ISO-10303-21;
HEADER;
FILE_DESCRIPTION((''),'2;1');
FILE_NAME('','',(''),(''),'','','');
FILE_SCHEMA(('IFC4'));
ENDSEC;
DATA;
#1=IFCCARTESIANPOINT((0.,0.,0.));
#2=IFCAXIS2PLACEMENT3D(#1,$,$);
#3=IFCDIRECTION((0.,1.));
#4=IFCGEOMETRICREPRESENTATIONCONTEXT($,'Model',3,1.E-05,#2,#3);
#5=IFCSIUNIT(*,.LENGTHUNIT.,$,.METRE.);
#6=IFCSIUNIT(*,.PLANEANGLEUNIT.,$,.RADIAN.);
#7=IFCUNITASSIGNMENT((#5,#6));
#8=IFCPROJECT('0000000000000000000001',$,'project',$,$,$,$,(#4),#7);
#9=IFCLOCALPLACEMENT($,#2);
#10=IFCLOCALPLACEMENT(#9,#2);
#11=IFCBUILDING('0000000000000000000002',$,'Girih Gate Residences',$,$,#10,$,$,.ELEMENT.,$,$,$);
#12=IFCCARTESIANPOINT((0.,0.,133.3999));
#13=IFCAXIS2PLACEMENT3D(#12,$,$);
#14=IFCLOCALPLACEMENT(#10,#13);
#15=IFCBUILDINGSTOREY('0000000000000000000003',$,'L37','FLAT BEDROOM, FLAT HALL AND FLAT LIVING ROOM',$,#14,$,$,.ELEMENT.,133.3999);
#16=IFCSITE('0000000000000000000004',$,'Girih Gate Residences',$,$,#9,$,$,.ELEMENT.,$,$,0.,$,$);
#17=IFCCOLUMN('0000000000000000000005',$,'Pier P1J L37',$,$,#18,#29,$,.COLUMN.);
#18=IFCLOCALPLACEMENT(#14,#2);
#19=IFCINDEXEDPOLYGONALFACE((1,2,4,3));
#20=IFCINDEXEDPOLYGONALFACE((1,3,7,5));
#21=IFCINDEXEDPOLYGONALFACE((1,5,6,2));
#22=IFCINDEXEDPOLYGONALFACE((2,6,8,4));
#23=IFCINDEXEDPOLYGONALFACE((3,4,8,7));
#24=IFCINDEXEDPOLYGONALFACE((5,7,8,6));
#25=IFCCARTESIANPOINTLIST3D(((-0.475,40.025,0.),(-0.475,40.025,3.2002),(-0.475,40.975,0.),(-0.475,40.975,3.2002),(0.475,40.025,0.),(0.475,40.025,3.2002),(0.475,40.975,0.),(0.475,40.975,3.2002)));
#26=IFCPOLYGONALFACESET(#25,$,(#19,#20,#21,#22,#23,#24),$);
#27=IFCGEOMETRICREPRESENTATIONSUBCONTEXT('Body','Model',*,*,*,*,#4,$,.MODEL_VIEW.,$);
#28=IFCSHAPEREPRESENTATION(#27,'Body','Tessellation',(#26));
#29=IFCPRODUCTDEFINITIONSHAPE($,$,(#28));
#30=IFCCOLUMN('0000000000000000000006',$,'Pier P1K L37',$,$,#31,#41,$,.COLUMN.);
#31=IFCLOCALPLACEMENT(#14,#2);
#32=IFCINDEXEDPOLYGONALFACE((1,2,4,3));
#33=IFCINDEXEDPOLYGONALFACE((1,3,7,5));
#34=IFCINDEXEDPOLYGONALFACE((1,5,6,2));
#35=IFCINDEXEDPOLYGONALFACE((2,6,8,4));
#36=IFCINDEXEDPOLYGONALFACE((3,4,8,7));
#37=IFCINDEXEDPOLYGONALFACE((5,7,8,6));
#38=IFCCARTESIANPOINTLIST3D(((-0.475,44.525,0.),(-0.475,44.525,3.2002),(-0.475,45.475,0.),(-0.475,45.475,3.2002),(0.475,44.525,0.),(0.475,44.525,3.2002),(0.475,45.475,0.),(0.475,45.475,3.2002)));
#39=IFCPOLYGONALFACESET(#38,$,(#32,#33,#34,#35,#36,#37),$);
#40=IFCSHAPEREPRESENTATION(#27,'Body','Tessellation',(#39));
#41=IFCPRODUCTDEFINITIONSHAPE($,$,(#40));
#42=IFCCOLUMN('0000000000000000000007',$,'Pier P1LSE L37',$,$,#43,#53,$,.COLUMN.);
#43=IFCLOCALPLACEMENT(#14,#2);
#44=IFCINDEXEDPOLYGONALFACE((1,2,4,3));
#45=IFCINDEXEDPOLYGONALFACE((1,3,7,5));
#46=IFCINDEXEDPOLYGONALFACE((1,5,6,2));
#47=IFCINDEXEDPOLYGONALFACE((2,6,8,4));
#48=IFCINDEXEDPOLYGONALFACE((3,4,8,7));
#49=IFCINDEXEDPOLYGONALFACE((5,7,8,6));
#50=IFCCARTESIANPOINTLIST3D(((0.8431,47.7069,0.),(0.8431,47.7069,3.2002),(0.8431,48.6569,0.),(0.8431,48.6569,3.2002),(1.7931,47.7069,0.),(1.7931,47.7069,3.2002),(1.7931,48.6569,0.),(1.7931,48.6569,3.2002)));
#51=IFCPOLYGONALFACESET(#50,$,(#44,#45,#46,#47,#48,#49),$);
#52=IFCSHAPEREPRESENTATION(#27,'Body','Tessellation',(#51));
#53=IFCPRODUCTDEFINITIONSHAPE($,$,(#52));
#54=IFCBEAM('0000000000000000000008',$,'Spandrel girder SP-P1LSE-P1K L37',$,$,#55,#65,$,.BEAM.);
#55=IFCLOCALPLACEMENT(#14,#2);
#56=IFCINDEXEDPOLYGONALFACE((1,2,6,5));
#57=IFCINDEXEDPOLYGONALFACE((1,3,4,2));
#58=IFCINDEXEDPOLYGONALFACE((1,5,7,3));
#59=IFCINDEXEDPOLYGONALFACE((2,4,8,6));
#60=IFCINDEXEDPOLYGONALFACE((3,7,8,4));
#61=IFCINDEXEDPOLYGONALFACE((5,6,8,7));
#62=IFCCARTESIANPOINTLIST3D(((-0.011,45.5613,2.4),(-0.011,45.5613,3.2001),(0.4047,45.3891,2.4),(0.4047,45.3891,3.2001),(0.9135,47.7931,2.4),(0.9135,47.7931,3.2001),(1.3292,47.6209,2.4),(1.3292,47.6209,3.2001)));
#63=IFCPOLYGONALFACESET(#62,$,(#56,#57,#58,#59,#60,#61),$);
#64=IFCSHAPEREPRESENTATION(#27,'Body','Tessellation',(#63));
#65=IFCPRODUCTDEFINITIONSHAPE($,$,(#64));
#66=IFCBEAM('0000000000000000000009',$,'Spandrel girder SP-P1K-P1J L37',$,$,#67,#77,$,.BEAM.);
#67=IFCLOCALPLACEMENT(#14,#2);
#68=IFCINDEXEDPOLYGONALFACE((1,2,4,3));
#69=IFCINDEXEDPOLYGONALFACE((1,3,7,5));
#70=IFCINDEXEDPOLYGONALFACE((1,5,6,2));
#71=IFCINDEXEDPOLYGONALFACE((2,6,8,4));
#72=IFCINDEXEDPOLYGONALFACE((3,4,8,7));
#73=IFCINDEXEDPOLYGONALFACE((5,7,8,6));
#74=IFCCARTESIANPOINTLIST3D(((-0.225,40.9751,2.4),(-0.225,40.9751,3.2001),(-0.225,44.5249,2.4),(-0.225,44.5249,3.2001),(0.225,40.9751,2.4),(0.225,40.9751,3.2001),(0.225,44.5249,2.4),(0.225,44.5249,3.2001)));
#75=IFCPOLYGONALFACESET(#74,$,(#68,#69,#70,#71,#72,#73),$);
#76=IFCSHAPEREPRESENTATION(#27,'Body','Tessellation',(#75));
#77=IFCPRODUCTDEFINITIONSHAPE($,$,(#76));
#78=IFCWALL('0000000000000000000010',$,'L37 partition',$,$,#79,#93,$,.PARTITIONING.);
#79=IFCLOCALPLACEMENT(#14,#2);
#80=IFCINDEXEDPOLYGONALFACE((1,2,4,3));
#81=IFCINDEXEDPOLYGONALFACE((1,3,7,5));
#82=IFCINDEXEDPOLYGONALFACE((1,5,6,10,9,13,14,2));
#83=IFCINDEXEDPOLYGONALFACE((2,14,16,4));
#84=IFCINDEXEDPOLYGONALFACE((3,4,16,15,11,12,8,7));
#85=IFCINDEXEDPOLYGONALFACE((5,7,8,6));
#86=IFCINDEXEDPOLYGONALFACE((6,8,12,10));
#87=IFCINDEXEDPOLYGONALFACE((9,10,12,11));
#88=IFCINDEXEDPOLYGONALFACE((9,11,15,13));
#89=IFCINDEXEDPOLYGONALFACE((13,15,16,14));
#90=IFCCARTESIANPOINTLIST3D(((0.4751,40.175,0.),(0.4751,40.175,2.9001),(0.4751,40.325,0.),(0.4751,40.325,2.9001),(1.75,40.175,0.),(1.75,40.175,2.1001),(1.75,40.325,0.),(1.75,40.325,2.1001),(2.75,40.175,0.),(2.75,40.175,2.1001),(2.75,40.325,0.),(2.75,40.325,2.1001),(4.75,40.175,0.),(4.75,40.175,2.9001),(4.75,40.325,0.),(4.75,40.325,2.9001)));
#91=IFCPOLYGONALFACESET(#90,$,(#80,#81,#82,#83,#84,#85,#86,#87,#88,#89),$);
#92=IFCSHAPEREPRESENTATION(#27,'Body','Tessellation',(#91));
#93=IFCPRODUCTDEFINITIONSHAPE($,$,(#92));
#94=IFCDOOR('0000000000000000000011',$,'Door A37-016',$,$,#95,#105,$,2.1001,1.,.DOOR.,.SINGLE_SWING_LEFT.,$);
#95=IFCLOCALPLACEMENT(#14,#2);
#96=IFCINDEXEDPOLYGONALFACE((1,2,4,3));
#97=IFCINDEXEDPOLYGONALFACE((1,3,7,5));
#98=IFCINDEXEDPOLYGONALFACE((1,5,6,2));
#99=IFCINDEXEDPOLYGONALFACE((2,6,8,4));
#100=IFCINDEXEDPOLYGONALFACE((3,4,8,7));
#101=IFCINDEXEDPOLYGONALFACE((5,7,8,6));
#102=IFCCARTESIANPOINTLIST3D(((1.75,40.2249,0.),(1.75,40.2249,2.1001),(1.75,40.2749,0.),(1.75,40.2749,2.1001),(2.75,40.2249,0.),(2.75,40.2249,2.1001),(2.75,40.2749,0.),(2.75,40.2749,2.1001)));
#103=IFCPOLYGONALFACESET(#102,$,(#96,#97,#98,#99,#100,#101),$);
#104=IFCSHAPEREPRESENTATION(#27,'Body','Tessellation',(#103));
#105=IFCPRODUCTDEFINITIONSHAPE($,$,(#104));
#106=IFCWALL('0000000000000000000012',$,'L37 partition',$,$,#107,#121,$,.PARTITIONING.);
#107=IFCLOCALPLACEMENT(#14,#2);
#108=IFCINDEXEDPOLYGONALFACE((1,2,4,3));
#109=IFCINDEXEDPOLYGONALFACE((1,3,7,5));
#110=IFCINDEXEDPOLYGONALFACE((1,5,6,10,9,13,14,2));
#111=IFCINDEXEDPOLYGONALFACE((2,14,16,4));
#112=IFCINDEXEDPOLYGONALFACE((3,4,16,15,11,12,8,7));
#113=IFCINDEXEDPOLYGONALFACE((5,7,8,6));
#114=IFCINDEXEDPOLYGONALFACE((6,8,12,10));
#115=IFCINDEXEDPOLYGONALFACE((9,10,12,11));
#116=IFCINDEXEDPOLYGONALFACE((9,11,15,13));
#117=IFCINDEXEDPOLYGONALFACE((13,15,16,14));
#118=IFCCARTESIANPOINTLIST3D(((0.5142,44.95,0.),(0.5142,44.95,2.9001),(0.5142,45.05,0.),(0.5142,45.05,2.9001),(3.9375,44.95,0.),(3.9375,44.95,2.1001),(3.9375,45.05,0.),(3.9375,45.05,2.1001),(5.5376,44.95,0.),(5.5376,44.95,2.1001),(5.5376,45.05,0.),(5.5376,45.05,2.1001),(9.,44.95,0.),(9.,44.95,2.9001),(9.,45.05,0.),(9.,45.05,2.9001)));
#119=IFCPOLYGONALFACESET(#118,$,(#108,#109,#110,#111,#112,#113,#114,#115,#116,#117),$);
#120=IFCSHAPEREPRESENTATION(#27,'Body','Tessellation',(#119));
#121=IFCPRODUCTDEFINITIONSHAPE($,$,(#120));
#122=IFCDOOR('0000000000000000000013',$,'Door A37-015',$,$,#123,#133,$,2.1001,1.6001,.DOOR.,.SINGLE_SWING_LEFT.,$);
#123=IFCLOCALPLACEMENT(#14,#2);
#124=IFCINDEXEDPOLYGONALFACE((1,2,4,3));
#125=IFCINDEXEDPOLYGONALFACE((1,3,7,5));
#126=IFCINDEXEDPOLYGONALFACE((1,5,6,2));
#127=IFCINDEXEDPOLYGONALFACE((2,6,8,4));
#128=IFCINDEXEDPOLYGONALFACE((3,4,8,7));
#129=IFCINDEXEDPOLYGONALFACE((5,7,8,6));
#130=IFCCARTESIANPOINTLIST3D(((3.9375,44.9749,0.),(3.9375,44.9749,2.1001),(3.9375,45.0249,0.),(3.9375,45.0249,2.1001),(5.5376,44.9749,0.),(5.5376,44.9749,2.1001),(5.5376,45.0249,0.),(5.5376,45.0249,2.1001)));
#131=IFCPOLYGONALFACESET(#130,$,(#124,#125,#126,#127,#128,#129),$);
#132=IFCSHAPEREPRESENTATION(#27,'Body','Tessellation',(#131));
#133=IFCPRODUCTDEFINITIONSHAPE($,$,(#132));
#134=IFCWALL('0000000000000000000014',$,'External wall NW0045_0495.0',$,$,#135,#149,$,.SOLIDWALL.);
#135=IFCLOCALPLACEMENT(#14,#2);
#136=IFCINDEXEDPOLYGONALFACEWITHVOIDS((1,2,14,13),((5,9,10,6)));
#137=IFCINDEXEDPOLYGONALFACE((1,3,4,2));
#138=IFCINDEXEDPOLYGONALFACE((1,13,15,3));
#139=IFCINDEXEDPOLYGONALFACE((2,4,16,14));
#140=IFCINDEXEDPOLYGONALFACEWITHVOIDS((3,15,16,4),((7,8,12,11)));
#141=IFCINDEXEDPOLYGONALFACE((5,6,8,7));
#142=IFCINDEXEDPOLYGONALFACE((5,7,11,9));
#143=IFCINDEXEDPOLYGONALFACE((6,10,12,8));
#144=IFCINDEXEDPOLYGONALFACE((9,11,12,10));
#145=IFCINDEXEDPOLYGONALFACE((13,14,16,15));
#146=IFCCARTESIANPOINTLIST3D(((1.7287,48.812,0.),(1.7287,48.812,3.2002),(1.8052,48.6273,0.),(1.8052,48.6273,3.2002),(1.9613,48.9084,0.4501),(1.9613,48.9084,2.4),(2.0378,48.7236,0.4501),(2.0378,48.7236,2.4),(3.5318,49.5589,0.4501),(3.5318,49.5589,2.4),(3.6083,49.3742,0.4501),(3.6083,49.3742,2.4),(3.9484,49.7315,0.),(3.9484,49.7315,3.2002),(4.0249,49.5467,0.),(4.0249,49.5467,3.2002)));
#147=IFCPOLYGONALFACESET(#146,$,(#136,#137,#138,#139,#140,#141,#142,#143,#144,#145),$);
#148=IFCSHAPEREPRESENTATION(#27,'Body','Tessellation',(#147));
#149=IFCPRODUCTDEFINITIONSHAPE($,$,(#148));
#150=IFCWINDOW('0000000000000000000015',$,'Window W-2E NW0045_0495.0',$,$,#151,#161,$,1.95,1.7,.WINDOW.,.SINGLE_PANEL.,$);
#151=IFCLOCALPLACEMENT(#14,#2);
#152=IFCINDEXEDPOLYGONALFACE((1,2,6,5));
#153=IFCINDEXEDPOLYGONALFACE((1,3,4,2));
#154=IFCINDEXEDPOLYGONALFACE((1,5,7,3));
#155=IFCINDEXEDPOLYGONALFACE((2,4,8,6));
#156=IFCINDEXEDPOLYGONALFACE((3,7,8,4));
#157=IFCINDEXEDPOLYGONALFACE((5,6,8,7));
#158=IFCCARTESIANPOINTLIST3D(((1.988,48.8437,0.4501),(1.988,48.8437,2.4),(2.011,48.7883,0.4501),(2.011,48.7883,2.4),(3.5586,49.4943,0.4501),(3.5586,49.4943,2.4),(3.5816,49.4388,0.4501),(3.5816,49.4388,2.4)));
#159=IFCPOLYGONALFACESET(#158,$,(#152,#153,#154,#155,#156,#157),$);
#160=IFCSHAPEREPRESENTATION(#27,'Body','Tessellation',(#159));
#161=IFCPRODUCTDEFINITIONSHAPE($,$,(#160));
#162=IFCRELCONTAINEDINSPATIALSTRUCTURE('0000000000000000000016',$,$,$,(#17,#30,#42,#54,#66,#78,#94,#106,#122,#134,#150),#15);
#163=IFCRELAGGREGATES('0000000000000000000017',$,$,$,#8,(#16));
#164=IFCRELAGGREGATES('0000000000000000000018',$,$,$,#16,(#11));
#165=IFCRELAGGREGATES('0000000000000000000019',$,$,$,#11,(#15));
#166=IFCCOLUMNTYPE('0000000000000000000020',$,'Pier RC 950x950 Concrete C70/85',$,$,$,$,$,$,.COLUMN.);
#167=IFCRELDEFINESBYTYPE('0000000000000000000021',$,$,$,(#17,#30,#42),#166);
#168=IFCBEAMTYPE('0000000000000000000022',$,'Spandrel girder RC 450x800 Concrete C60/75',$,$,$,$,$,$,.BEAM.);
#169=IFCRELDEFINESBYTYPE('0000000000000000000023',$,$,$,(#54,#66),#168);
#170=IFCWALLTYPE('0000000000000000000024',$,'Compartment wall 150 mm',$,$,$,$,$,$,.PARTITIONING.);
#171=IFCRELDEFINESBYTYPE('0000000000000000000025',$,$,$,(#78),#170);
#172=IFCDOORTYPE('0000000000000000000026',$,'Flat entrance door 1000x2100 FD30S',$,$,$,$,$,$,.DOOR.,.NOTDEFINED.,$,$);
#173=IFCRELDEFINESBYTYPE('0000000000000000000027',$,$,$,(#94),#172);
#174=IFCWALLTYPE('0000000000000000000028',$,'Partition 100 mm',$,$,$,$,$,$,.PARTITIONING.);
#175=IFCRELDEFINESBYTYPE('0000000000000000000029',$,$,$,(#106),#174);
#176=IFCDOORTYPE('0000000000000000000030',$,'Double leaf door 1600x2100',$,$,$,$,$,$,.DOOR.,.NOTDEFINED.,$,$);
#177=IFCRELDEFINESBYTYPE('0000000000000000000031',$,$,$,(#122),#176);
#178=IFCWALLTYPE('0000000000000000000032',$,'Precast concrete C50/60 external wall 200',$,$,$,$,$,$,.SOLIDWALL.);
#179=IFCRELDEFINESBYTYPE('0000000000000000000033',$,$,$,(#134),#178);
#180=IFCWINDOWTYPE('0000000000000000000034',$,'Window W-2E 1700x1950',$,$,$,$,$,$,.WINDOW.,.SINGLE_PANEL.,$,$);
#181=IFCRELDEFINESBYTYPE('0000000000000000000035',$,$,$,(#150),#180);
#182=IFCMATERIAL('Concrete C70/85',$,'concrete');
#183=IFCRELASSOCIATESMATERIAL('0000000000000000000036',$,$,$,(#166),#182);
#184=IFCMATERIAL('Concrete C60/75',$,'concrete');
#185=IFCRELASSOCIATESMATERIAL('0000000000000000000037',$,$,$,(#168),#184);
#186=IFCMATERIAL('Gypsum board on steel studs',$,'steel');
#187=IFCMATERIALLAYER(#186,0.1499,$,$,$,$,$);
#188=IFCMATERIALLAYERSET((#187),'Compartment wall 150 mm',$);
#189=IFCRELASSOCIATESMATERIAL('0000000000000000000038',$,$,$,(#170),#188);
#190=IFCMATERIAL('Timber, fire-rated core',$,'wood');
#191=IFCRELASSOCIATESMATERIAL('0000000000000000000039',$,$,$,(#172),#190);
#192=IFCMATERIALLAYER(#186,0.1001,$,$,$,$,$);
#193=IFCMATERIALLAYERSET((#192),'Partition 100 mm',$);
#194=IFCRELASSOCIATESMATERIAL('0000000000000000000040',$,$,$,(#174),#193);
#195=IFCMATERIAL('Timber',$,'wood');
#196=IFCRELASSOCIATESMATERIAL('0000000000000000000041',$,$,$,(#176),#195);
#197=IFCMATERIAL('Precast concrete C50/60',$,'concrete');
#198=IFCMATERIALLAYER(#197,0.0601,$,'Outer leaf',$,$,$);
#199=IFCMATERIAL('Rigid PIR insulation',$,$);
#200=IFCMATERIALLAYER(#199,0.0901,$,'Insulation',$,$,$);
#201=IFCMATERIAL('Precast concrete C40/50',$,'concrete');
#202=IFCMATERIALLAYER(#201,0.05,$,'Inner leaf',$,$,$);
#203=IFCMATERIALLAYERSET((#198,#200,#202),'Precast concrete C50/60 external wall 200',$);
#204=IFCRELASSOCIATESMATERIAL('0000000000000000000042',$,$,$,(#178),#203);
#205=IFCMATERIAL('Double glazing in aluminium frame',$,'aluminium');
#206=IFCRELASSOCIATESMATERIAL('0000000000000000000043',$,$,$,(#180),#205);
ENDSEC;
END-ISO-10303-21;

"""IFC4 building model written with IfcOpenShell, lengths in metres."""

from ifc_helpers import new_model, si_unit, direction, frame, frame_2d, origin, origin_2d, place, context, subcontext, project, spatial, rectangle, extrude, material, layer, layer_set, material_profile, profile_set, type_object, element, fill, save


model = new_model("IFC4")

# Units and contexts
model_context = context("Model", 3, precision=1e-05, world=origin(), true_north=direction((0.0, 1.0)))
body_context = subcontext(model_context, "Body", "Model", "MODEL_VIEW")
ifc_project = project(units=[si_unit("LENGTHUNIT", "METRE"), si_unit("PLANEANGLEUNIT", "RADIAN")], contexts=[model_context])

# Site, building, storey
site_placement = place(None, origin())
site = spatial("IfcSite", under=ifc_project, at=site_placement, Name="Girih Gate Residences", CompositionType="ELEMENT", RefElevation=0.0)
building_placement = place(site_placement, origin())
building = spatial("IfcBuilding", under=site, at=building_placement, Name="Girih Gate Residences", CompositionType="ELEMENT")
storey_placement = place(building_placement, frame((0.0, 0.0, 133.3999)))
storey = spatial("IfcBuildingStorey", under=building, at=storey_placement, Name="L37", Description="FLAT BEDROOM, FLAT HALL AND FLAT LIVING ROOM", CompositionType="ELEMENT", Elevation=133.3999)

# Columns
ifc_material_1 = material(Name="Concrete C70/85", Category="concrete")
ifc_material_profile_1 = material_profile(ifc_material_1, rectangle(XDim=0.95, YDim=0.95, at=origin_2d()))
ifc_profile_set_1 = profile_set([ifc_material_profile_1], Name="Concrete C70/85")
column_type = type_object("IfcColumnType", Name="Pier RC 950x950 Concrete C70/85", PredefinedType="COLUMN", material=ifc_profile_set_1)
for number, where, z_axis, x_axis, name in (
    (1, (0.0, 40.5, 0.0), (0.0, 0.0, 1.0), (1.0, 0.0, 0.0), "Pier P1J L37"),
    (2, (0.0, 45.0, 0.0), (0.0, 0.0, 1.0), (1.0, 0.0, 0.0), "Pier P1K L37"),
    (3, (1.3181, 48.1819, 0.0), (0.0, 0.0, 1.0), (1.0, 0.0, 0.0), "Pier P1LSE L37"),
):
    element("IfcColumn", number, at=place(storey_placement, frame(where, z_axis=z_axis, x_axis=x_axis)), inside=storey, type_object=column_type, Name=name, PredefinedType="COLUMN", context=body_context, shape_type="SweptSolid", body=[
        extrude(rectangle(XDim=0.95, YDim=0.95, at=origin_2d()), origin(), (0.0, 0.0, 1.0), 3.2002),
    ])

# Beams
ifc_material_2 = material(Name="Concrete C60/75", Category="concrete")
ifc_material_profile_2 = material_profile(ifc_material_2, rectangle(XDim=0.45, YDim=0.8, at=origin_2d()))
ifc_profile_set_2 = profile_set([ifc_material_profile_2], Name="Concrete C60/75")
beam_type = type_object("IfcBeamType", Name="Spandrel girder RC 450x800 Concrete C60/75", PredefinedType="BEAM", material=ifc_profile_set_2)
beam_1_placement = place(storey_placement, frame((1.1213, 47.707, 2.8), z_axis=(-0.382706, -0.92387, 0.0), x_axis=(0.92387, -0.382706, 0.0)))
element("IfcBeam", 4, at=beam_1_placement, inside=storey, type_object=beam_type, Name="Spandrel girder SP-P1LSE-P1K L37", PredefinedType="BEAM", context=body_context, shape_type="SweptSolid", body=[
    extrude(rectangle(XDim=0.45, YDim=0.8, at=origin_2d()), origin(), (0.0, 0.0, 1.0), 2.4158),
])
beam_2_placement = place(storey_placement, frame((0.0, 44.5249, 2.8), z_axis=(0.0, -1.0, 0.0), x_axis=(1.0, 0.0, 0.0)))
element("IfcBeam", 5, at=beam_2_placement, inside=storey, type_object=beam_type, Name="Spandrel girder SP-P1K-P1J L37", PredefinedType="BEAM", context=body_context, shape_type="SweptSolid", body=[
    extrude(rectangle(XDim=0.45, YDim=0.8, at=origin_2d()), origin(), (0.0, 0.0, 1.0), 3.5498),
])

# Walls, openings, doors
ifc_material_3 = material(Name="Gypsum board on steel studs", Category="steel")
ifc_layer_1 = layer(ifc_material_3, 0.1499)
ifc_layer_set_1 = layer_set([ifc_layer_1], Name="Compartment wall 150 mm")
wall_type_1 = type_object("IfcWallType", Name="Compartment wall 150 mm", PredefinedType="PARTITIONING", material=ifc_layer_set_1)
wall_1_placement = place(storey_placement, frame((0.4751, 40.25, 0.0), z_axis=(0.0, 0.0, 1.0), x_axis=(1.0, 0.0, 0.0)))
wall_1 = element("IfcWall", 6, at=wall_1_placement, inside=storey, type_object=wall_type_1, Name="L37 partition", PredefinedType="PARTITIONING", context=body_context, shape_type="SweptSolid", body=[
    extrude(rectangle(XDim=4.2749, YDim=0.1499, at=frame_2d((2.1375, 0.0))), origin(), (0.0, 0.0, 1.0), 2.9001),
])
opening_1_placement = place(wall_1_placement, frame((1.2749, 0.0, 0.0)))
opening_1 = element("IfcOpeningElement", 7, at=opening_1_placement, cuts=wall_1, PredefinedType="OPENING", context=body_context, shape_type="SweptSolid", body=[
    extrude(rectangle(XDim=1.0, YDim=2.1001, at=frame_2d((0.5, 1.05))), frame((0.0, 0.085, 0.0), z_axis=(0.0, -1.0, 0.0), x_axis=(1.0, 0.0, 0.0)), (0.0, 0.0, 1.0), 0.1699),
])
ifc_material_4 = material(Name="Timber, fire-rated core", Category="wood")
door_type_1 = type_object("IfcDoorType", Name="Flat entrance door 1000x2100 FD30S", OperationType="NOTDEFINED", PredefinedType="DOOR", material=ifc_material_4)
door_1_placement = place(opening_1_placement, origin())
door_1 = element("IfcDoor", 8, at=door_1_placement, inside=storey, type_object=door_type_1, Name="Door A37-016", OperationType="SINGLE_SWING_LEFT", OverallHeight=2.1001, OverallWidth=1.0, PredefinedType="DOOR", context=body_context, shape_type="SweptSolid", body=[
    extrude(rectangle(XDim=1.0, YDim=2.1001, at=frame_2d((0.5, 1.05))), frame((0.0, 0.0249, 0.0), z_axis=(0.0, -1.0, 0.0), x_axis=(1.0, 0.0, 0.0)), (0.0, 0.0, 1.0), 0.05),
])
fill(opening_1, door_1)
ifc_layer_2 = layer(ifc_material_3, 0.1001)
ifc_layer_set_2 = layer_set([ifc_layer_2], Name="Partition 100 mm")
wall_type_2 = type_object("IfcWallType", Name="Partition 100 mm", PredefinedType="PARTITIONING", material=ifc_layer_set_2)
wall_2_placement = place(storey_placement, frame((0.5142, 45.0, 0.0), z_axis=(0.0, 0.0, 1.0), x_axis=(1.0, 0.0, 0.0)))
wall_2 = element("IfcWall", 9, at=wall_2_placement, inside=storey, type_object=wall_type_2, Name="L37 partition", PredefinedType="PARTITIONING", context=body_context, shape_type="SweptSolid", body=[
    extrude(rectangle(XDim=8.4858, YDim=0.1001, at=frame_2d((4.2429, 0.0))), origin(), (0.0, 0.0, 1.0), 2.9001),
])
opening_2_placement = place(wall_2_placement, frame((3.4233, 0.0, 0.0)))
opening_2 = element("IfcOpeningElement", 10, at=opening_2_placement, cuts=wall_2, PredefinedType="OPENING", context=body_context, shape_type="SweptSolid", body=[
    extrude(rectangle(XDim=1.6001, YDim=2.1001, at=frame_2d((0.8, 1.05))), frame((0.0, 0.0601, 0.0), z_axis=(0.0, -1.0, 0.0), x_axis=(1.0, 0.0, 0.0)), (0.0, 0.0, 1.0), 0.1201),
])
ifc_material_5 = material(Name="Timber", Category="wood")
door_type_2 = type_object("IfcDoorType", Name="Double leaf door 1600x2100", OperationType="NOTDEFINED", PredefinedType="DOOR", material=ifc_material_5)
door_2_placement = place(opening_2_placement, origin())
door_2 = element("IfcDoor", 11, at=door_2_placement, inside=storey, type_object=door_type_2, Name="Door A37-015", OperationType="SINGLE_SWING_LEFT", OverallHeight=2.1001, OverallWidth=1.6001, PredefinedType="DOOR", context=body_context, shape_type="SweptSolid", body=[
    extrude(rectangle(XDim=1.6001, YDim=2.1001, at=frame_2d((0.8, 1.05))), frame((0.0, 0.0249, 0.0), z_axis=(0.0, -1.0, 0.0), x_axis=(1.0, 0.0, 0.0)), (0.0, 0.0, 1.0), 0.05),
])
fill(opening_2, door_2)

# Wall, opening, window
ifc_material_6 = material(Name="Precast concrete C50/60", Category="concrete")
ifc_layer_3 = layer(ifc_material_6, 0.0601, Name="Outer leaf")
ifc_material_7 = material(Name="Rigid PIR insulation")
ifc_layer_4 = layer(ifc_material_7, 0.0901, Name="Insulation")
ifc_material_8 = material(Name="Precast concrete C40/50", Category="concrete")
ifc_layer_5 = layer(ifc_material_8, 0.05, Name="Inner leaf")
ifc_layer_set_3 = layer_set([ifc_layer_3, ifc_layer_4, ifc_layer_5], Name="Precast concrete C50/60 external wall 200")
wall_type_3 = type_object("IfcWallType", Name="Precast concrete C50/60 external wall 200", PredefinedType="SOLIDWALL", material=ifc_layer_set_3)
wall_3_placement = place(storey_placement, frame((1.7671, 48.7197, 0.0), z_axis=(0.0, 0.0, 1.0), x_axis=(0.923881, 0.382681, 0.0)))
wall_3 = element("IfcWall", 12, at=wall_3_placement, inside=storey, type_object=wall_type_3, Name="External wall NW0045_0495.0", PredefinedType="SOLIDWALL", context=body_context, shape_type="SweptSolid", body=[
    extrude(rectangle(XDim=2.4026, YDim=0.2, at=frame_2d((1.2012, 0.0))), origin(), (0.0, 0.0, 1.0), 3.2002),
])
opening_3_placement = place(wall_3_placement, frame((0.2515, 0.0, 0.45)))
opening_3 = element("IfcOpeningElement", 13, at=opening_3_placement, cuts=wall_3, PredefinedType="OPENING", context=body_context, shape_type="SweptSolid", body=[
    extrude(rectangle(XDim=1.7, YDim=1.95, at=frame_2d((0.8501, 0.9751))), frame((0.0, 0.1099, 0.0), z_axis=(0.0, -1.0, 0.0), x_axis=(1.0, 0.0, 0.0)), (0.0, 0.0, 1.0), 0.22),
])
ifc_material_9 = material(Name="Double glazing in aluminium frame", Category="aluminium")
window_type_1 = type_object("IfcWindowType", Name="Window W-2E 1700x1950", PartitioningType="SINGLE_PANEL", PredefinedType="WINDOW", material=ifc_material_9)
window_1_placement = place(opening_3_placement, origin())
window_1 = element("IfcWindow", 14, at=window_1_placement, inside=storey, type_object=window_type_1, Name="Window W-2E NW0045_0495.0", OverallHeight=1.95, OverallWidth=1.7, PartitioningType="SINGLE_PANEL", PredefinedType="WINDOW", context=body_context, shape_type="SweptSolid", body=[
    extrude(rectangle(XDim=1.7, YDim=1.95, at=frame_2d((0.8501, 0.9751))), frame((0.0, 0.03, 0.0), z_axis=(0.0, -1.0, 0.0), x_axis=(1.0, 0.0, 0.0)), (0.0, 0.0, 1.0), 0.0601),
])
fill(opening_3, window_1)

save(model, "model.ifc")
